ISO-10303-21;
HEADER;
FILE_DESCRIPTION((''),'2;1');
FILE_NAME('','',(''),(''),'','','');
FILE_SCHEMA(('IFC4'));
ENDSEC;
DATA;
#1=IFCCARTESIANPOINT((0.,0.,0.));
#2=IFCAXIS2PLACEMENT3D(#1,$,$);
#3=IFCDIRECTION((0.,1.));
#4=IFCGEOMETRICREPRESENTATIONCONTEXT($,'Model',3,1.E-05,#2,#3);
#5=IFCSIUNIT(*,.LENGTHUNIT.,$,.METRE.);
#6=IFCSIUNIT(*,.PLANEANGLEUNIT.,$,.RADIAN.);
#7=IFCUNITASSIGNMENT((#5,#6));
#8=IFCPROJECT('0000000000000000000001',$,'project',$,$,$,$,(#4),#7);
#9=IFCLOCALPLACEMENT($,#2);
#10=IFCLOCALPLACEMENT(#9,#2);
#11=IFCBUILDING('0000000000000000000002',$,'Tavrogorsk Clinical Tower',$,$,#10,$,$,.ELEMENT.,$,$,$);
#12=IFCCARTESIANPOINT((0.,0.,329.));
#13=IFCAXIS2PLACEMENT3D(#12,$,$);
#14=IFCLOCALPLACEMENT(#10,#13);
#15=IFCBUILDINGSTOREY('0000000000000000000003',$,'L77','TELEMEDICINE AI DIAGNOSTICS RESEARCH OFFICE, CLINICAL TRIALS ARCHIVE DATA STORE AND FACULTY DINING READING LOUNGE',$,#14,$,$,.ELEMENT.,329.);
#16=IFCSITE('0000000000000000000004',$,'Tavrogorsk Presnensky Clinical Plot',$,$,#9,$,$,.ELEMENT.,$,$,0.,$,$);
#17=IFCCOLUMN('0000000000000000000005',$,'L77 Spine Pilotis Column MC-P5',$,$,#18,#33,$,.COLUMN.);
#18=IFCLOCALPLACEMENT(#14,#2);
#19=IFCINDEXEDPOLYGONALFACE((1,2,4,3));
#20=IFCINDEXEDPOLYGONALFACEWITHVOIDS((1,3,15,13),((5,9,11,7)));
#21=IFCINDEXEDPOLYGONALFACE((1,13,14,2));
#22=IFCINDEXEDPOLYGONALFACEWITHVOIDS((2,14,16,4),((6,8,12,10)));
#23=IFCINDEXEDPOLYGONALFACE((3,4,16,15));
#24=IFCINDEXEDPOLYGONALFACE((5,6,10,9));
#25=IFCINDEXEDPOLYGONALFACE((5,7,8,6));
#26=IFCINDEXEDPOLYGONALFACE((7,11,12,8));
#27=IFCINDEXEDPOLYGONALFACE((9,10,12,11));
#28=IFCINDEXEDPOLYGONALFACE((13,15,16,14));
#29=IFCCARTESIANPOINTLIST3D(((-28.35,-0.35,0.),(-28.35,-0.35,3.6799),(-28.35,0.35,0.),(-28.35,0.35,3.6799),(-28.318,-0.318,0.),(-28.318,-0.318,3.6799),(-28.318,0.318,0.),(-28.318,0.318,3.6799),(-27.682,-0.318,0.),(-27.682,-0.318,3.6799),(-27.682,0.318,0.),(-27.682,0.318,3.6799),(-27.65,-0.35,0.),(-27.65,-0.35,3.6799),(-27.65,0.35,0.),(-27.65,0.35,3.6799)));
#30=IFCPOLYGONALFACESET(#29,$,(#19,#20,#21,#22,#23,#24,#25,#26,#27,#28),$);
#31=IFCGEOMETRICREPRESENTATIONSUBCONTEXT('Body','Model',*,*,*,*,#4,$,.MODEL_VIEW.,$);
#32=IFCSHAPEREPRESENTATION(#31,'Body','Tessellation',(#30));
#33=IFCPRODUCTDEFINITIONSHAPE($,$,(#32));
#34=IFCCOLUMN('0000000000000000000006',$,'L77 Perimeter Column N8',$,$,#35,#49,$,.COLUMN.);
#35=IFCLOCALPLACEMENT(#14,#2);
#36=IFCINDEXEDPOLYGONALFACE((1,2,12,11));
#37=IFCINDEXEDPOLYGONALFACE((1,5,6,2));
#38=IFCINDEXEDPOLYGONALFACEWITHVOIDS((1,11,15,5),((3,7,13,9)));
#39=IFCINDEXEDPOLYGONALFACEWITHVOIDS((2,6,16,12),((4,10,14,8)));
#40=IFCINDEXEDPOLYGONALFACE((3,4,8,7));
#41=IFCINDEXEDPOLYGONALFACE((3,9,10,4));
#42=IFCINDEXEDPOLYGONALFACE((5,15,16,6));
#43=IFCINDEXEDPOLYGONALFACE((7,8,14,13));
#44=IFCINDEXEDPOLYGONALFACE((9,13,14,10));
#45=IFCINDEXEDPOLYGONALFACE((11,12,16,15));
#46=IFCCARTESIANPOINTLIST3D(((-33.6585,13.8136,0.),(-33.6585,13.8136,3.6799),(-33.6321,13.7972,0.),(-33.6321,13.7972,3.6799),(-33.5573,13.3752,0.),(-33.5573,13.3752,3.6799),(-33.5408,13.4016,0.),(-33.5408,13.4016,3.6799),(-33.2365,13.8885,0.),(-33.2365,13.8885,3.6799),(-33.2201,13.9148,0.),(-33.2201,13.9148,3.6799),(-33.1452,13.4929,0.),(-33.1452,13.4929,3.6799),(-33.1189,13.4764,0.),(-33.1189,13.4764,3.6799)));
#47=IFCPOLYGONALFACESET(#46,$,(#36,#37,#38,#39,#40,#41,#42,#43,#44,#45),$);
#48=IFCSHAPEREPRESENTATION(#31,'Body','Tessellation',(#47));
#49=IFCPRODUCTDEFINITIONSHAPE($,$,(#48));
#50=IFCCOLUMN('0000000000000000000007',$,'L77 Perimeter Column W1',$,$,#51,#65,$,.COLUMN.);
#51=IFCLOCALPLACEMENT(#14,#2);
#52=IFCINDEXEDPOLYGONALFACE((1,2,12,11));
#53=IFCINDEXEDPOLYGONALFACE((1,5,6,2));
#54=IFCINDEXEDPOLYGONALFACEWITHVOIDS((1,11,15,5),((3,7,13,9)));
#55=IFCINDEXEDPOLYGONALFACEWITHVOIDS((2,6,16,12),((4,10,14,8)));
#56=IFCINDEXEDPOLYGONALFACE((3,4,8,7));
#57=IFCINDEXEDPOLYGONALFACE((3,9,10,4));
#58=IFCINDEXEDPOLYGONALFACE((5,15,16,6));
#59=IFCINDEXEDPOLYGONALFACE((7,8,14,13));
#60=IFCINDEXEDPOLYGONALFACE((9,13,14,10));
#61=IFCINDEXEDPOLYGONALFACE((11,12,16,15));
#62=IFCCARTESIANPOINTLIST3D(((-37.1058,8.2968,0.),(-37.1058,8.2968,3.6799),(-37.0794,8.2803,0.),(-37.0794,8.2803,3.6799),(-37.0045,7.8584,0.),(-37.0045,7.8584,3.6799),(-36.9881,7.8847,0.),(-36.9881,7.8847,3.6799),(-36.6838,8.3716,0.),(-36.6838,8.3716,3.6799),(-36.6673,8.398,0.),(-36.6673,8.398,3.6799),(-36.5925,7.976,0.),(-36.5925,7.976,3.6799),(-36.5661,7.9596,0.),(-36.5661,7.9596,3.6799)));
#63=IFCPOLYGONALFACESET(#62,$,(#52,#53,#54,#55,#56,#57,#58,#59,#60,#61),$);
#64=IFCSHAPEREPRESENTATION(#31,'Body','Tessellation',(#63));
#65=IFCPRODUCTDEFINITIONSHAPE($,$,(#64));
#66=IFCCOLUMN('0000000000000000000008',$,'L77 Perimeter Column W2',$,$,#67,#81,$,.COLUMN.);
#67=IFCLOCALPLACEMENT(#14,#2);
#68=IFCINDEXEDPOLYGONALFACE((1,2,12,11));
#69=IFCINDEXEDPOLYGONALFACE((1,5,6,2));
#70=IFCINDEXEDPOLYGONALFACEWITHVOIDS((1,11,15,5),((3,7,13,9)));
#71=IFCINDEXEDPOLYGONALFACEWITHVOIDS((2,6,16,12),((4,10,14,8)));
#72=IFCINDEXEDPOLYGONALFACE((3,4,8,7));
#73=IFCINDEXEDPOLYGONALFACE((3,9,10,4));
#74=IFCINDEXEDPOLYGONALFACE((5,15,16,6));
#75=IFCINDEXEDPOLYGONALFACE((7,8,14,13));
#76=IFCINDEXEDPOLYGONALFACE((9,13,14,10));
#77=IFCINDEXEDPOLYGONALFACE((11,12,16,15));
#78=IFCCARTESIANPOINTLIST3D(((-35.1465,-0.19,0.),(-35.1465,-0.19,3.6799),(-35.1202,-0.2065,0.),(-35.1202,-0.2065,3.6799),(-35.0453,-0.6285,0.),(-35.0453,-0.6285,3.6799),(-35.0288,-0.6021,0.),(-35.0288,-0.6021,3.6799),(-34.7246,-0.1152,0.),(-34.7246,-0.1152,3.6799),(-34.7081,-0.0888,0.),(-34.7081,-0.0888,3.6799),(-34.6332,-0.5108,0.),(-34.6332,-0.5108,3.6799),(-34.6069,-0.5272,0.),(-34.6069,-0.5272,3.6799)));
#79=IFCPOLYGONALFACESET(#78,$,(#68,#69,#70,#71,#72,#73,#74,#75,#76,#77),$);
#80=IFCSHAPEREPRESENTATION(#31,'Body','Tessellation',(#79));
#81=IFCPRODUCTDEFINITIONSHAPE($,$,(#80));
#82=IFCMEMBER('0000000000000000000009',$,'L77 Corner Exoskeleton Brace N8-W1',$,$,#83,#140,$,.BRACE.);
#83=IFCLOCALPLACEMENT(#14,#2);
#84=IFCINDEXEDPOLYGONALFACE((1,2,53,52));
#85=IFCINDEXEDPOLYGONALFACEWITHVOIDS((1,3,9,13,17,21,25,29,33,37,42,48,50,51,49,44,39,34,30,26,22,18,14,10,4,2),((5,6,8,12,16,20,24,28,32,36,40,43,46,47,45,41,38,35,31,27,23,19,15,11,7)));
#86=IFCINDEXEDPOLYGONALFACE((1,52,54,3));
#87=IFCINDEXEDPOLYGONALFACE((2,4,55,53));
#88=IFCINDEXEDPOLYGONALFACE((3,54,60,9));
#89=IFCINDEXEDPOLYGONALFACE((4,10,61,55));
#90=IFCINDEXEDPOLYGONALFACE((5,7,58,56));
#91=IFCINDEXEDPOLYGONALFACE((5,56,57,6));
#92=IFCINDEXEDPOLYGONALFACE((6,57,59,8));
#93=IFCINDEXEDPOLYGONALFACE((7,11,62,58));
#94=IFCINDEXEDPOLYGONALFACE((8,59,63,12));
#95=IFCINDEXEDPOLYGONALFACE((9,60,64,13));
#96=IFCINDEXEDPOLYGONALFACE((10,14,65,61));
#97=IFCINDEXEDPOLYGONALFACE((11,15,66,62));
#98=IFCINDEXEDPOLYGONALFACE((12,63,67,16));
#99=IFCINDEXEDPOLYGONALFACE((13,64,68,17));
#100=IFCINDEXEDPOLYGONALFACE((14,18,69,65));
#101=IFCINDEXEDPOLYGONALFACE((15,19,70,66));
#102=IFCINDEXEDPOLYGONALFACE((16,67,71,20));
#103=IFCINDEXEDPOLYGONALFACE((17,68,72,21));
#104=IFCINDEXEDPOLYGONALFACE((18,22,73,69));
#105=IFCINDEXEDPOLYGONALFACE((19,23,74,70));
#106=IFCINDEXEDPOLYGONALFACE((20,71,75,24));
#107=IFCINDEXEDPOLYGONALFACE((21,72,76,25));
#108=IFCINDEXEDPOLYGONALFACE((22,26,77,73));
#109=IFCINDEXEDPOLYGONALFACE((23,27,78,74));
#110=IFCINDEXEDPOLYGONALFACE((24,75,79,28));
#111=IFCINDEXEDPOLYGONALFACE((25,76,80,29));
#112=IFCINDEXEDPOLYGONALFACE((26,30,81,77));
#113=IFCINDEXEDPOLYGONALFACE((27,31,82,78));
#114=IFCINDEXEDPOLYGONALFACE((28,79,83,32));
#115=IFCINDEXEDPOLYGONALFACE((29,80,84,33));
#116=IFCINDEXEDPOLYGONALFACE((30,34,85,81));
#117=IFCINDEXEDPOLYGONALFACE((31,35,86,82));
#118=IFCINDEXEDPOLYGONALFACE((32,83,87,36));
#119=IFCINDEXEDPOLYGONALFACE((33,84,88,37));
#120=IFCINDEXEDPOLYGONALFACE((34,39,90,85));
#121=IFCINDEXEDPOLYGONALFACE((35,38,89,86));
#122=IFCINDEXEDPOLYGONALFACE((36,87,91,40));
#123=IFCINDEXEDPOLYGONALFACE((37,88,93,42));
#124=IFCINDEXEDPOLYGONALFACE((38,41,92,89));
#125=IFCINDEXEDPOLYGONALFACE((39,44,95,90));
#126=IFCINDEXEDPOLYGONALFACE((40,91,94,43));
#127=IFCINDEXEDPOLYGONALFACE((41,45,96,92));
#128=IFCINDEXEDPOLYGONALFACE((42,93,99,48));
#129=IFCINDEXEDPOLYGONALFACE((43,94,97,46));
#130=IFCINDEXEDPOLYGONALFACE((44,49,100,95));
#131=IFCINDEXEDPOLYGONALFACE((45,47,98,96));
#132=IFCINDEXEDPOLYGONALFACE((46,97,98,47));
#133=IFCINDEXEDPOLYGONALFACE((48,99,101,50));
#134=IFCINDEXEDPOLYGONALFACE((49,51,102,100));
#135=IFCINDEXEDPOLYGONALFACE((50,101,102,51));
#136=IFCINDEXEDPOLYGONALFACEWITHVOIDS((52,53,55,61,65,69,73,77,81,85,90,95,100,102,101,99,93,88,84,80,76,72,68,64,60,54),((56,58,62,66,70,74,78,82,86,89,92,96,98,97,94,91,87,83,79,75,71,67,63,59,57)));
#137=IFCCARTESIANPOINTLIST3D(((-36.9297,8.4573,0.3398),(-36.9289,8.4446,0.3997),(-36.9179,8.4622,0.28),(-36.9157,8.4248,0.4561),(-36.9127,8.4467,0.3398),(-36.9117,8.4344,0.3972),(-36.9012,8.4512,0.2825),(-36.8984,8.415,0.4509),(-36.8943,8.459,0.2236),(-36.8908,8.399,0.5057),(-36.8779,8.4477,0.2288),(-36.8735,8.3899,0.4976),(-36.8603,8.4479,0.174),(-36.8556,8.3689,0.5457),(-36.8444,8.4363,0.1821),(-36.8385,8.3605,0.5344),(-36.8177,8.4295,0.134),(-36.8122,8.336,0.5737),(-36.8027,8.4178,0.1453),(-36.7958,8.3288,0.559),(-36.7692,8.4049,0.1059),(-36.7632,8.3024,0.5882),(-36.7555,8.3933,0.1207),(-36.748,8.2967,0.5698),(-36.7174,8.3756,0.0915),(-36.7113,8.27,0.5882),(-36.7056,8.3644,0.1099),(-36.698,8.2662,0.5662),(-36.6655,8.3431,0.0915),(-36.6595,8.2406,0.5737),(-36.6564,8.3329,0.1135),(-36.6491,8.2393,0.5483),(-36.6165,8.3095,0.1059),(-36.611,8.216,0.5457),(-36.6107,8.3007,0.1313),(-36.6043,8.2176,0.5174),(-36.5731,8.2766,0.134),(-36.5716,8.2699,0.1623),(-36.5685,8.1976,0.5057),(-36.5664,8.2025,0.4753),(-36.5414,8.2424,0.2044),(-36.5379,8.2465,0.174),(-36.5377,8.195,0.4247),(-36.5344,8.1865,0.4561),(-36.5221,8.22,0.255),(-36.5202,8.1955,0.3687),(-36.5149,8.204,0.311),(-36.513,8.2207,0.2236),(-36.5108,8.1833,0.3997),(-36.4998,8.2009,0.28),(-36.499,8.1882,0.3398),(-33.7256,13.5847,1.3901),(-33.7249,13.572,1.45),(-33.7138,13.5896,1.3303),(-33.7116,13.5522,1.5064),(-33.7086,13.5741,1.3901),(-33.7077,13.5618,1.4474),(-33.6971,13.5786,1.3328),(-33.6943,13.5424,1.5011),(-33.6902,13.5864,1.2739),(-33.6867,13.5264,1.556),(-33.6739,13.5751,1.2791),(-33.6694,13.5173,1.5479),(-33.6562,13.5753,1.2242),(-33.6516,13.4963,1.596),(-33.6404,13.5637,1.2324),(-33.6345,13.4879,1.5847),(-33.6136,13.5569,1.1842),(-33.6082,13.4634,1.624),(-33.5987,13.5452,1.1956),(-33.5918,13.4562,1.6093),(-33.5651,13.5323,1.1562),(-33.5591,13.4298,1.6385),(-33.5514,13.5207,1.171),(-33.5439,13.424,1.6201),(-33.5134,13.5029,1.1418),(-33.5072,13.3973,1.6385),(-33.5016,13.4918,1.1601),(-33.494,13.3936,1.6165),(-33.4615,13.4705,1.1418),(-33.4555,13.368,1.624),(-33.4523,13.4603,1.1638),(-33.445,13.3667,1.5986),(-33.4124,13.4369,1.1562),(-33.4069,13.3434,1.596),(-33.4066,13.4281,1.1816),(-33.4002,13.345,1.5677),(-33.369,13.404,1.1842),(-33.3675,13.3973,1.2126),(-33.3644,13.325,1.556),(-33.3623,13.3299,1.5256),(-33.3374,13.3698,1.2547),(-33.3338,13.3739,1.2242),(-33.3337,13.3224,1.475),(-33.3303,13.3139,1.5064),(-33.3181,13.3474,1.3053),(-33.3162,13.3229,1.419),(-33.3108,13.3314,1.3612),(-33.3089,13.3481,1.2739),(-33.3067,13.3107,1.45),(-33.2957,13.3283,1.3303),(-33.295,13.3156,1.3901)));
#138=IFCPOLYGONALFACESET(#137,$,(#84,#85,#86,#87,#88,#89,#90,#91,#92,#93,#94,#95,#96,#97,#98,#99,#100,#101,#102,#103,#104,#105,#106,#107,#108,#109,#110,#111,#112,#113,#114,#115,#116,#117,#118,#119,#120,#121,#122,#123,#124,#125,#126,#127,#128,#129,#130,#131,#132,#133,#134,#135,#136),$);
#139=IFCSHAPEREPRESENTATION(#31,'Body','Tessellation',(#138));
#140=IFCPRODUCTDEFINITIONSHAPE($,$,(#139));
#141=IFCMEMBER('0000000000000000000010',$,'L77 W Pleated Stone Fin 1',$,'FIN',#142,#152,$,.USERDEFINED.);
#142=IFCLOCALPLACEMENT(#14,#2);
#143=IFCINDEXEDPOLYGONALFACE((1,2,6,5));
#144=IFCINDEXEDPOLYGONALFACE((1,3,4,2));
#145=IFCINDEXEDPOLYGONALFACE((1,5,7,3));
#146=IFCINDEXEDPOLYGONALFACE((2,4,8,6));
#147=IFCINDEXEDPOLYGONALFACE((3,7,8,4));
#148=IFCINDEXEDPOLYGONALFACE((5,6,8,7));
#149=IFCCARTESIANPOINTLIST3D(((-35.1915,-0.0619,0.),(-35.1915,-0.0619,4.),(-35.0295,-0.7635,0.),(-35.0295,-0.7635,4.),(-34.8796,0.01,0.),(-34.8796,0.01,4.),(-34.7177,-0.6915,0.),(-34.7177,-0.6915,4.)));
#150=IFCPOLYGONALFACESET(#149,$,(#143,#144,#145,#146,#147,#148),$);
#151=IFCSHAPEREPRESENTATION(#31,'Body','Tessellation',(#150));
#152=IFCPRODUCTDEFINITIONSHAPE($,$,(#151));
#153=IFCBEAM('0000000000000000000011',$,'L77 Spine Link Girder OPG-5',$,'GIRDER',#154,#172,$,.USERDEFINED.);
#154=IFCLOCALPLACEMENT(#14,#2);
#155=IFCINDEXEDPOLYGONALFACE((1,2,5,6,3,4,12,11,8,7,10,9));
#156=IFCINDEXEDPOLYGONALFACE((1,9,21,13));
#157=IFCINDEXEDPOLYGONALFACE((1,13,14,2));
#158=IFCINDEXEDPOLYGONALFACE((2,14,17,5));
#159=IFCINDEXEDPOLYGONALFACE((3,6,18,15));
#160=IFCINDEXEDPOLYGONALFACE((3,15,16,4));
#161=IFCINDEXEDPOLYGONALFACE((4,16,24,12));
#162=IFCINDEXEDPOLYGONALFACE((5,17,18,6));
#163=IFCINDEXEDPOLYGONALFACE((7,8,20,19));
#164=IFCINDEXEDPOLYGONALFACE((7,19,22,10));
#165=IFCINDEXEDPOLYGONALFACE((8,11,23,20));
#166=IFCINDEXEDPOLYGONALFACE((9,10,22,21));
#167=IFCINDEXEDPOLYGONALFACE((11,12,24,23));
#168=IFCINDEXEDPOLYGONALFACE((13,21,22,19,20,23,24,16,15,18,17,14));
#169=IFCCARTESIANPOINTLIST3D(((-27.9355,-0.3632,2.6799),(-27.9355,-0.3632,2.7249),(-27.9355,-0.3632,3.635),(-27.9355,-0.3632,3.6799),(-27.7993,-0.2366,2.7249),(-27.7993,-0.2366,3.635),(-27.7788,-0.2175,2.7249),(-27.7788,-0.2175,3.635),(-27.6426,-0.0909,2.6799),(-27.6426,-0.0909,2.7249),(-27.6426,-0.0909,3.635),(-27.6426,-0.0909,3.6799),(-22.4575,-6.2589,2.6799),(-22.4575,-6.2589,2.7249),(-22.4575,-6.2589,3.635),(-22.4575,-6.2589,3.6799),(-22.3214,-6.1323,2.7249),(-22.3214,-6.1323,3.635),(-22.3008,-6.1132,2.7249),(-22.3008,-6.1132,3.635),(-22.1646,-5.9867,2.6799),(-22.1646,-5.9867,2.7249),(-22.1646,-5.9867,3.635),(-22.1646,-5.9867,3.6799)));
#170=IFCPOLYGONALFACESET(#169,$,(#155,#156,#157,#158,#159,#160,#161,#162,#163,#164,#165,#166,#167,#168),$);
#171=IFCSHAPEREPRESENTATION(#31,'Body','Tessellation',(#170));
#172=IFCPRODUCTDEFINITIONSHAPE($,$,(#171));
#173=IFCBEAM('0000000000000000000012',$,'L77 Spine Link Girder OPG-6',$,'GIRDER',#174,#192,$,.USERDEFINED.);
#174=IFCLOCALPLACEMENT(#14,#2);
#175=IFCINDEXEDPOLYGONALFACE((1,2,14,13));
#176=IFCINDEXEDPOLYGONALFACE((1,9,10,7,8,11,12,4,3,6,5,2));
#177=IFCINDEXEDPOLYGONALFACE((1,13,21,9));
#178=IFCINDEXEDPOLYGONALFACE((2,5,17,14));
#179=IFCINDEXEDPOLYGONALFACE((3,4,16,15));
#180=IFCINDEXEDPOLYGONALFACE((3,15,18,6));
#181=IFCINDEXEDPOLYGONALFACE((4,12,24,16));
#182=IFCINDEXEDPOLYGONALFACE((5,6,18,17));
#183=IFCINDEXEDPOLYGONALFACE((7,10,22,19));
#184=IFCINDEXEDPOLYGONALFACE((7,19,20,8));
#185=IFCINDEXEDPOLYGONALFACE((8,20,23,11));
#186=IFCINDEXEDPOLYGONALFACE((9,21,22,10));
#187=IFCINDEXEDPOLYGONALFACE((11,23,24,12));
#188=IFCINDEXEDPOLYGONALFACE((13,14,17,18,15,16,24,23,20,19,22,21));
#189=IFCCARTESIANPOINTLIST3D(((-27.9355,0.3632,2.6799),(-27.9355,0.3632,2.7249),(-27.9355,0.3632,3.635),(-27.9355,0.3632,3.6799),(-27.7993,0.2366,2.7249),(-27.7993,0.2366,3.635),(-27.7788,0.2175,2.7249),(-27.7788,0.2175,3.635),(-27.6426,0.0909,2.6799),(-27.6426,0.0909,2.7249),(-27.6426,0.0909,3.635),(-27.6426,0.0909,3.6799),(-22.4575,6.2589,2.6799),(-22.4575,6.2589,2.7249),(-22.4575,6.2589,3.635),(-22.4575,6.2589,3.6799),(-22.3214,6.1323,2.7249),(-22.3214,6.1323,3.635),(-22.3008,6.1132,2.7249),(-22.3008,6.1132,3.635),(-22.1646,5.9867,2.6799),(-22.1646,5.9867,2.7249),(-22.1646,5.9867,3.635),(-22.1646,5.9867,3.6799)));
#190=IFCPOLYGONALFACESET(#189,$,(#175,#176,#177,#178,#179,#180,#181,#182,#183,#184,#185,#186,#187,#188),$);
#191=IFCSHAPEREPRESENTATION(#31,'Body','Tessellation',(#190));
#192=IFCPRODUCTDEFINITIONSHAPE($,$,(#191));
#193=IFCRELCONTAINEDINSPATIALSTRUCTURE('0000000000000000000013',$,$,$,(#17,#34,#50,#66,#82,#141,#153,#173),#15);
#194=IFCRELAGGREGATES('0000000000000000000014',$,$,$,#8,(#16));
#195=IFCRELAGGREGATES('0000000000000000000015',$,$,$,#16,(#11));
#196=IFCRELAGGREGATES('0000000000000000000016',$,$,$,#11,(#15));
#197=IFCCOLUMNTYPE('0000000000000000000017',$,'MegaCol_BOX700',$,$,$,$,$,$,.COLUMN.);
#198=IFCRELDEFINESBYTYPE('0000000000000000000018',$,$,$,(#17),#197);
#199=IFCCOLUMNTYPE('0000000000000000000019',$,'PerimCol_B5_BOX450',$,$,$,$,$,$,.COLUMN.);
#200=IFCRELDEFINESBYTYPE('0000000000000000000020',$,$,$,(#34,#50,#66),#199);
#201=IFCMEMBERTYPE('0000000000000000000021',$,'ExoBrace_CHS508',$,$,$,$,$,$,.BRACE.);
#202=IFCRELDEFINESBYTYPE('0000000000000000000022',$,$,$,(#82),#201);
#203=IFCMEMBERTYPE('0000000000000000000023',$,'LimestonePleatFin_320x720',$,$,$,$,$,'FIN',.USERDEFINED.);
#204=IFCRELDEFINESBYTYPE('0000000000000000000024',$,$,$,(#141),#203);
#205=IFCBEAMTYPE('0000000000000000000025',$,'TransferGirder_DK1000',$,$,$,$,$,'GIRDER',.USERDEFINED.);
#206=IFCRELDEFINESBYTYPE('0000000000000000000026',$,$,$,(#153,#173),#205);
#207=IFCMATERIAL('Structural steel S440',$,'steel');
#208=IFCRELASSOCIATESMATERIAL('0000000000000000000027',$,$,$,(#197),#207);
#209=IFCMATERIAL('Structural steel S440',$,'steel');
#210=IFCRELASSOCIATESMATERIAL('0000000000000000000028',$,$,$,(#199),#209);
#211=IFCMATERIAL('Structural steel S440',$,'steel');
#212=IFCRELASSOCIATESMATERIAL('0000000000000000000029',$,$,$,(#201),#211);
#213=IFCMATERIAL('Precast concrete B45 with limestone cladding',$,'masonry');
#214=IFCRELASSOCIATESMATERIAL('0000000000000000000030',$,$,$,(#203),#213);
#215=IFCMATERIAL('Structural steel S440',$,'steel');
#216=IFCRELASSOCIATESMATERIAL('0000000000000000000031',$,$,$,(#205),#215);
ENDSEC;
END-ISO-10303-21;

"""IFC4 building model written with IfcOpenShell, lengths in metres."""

from ifc_helpers import new_model, si_unit, direction, frame, origin, origin_2d, place, context, subcontext, project, spatial, rectangle, hollow_rectangle, hollow_circle, i_section, extrude, material, material_profile, profile_set, type_object, element, save


model = new_model("IFC4")

# Units and contexts
model_context = context("Model", 3, precision=1e-05, world=origin(), true_north=direction((0.0, 1.0)))
body_context = subcontext(model_context, "Body", "Model", "MODEL_VIEW")
ifc_project = project(units=[si_unit("LENGTHUNIT", "METRE"), si_unit("PLANEANGLEUNIT", "RADIAN")], contexts=[model_context])

# Site, building, storey
site_placement = place(None, origin())
site = spatial("IfcSite", under=ifc_project, at=site_placement, Name="Tavrogorsk Presnensky Clinical Plot", CompositionType="ELEMENT", RefElevation=0.0)
building_placement = place(site_placement, origin())
building = spatial("IfcBuilding", under=site, at=building_placement, Name="Tavrogorsk Clinical Tower", CompositionType="ELEMENT")
storey_placement = place(building_placement, frame((0.0, 0.0, 329.0)))
storey = spatial("IfcBuildingStorey", under=building, at=storey_placement, Name="L77", Description="TELEMEDICINE AI DIAGNOSTICS RESEARCH OFFICE, CLINICAL TRIALS ARCHIVE DATA STORE AND FACULTY DINING READING LOUNGE", CompositionType="ELEMENT", Elevation=329.0)

# Columns
ifc_material_1 = material(Name="Structural steel S440", Category="steel")
ifc_material_profile_1 = material_profile(ifc_material_1, hollow_rectangle(XDim=0.7, YDim=0.7, WallThickness=0.032, at=origin_2d()), Name="BOX-700x700x32")
ifc_profile_set_1 = profile_set([ifc_material_profile_1], Name="Structural steel S440")
column_type_1 = type_object("IfcColumnType", Name="MegaCol_BOX700", PredefinedType="COLUMN", material=ifc_profile_set_1)
column_placement = place(storey_placement, frame((-28.0, 0.0, 0.0), z_axis=(0.0, 0.0, 1.0), x_axis=(1.0, 0.0, 0.0)))
element("IfcColumn", 1, at=column_placement, inside=storey, type_object=column_type_1, Name="L77 Spine Pilotis Column MC-P5", PredefinedType="COLUMN", context=body_context, shape_type="SweptSolid", body=[
    extrude(hollow_rectangle(XDim=0.7, YDim=0.7, WallThickness=0.032, at=origin_2d()), origin(), (0.0, 0.0, 1.0), 3.6799),
])
ifc_material_2 = material(Name="Structural steel S440", Category="steel")
ifc_material_profile_2 = material_profile(ifc_material_2, hollow_rectangle(XDim=0.45, YDim=0.45, WallThickness=0.022, at=origin_2d()), Name="BOX-450x450x22")
ifc_profile_set_2 = profile_set([ifc_material_profile_2], Name="Structural steel S440")
column_type_2 = type_object("IfcColumnType", Name="PerimCol_B5_BOX450", PredefinedType="COLUMN", material=ifc_profile_set_2)
for number, where, z_axis, x_axis, name in (
    (2, (-33.3887, 13.645, 0.0), (0.0, 0.0, 1.0), (0.97437, 0.224951, 0.0), "L77 Perimeter Column N8"),
    (3, (-36.8359, 8.1282, 0.0), (0.0, 0.0, 1.0), (0.97437, 0.224951, 0.0), "L77 Perimeter Column W1"),
    (4, (-34.8767, -0.3586, 0.0), (0.0, 0.0, 1.0), (0.97437, 0.224951, 0.0), "L77 Perimeter Column W2"),
):
    element("IfcColumn", number, at=place(storey_placement, frame(where, z_axis=z_axis, x_axis=x_axis)), inside=storey, type_object=column_type_2, Name=name, PredefinedType="COLUMN", context=body_context, shape_type="SweptSolid", body=[
        extrude(hollow_rectangle(XDim=0.45, YDim=0.45, WallThickness=0.022, at=origin_2d()), origin(), (0.0, 0.0, 1.0), 3.6799),
    ])

# Members
ifc_material_3 = material(Name="Structural steel S440", Category="steel")
ifc_material_profile_3 = material_profile(ifc_material_3, hollow_circle(Radius=0.2539, WallThickness=0.02, at=origin_2d()), Name="CHS-508x20")
ifc_profile_set_3 = profile_set([ifc_material_profile_3], Name="Structural steel S440")
member_type_1 = type_object("IfcMemberType", Name="ExoBrace_CHS508", PredefinedType="BRACE", material=ifc_profile_set_3)
member_1_placement = place(storey_placement, frame((-36.7144, 8.3228, 0.3398), z_axis=(0.522115, 0.835527, 0.171147), x_axis=(-0.848039, 0.529934, 0.0)))
element("IfcMember", 5, at=member_1_placement, inside=storey, type_object=member_type_1, Name="L77 Corner Exoskeleton Brace N8-W1", PredefinedType="BRACE", context=body_context, shape_type="SweptSolid", body=[
    extrude(hollow_circle(Radius=0.2539, WallThickness=0.02, at=origin_2d()), origin(), (0.0, 0.0, 1.0), 6.1367),
])
ifc_material_4 = material(Name="Precast concrete B45 with limestone cladding", Category="masonry")
ifc_material_profile_4 = material_profile(ifc_material_4, rectangle(XDim=0.3201, YDim=0.72, at=origin_2d()), Name="LIMESTONE-FIN-320x720")
ifc_profile_set_4 = profile_set([ifc_material_profile_4], Name="Precast concrete B45 with limestone cladding")
member_type_2 = type_object("IfcMemberType", Name="LimestonePleatFin_320x720", ElementType="FIN", PredefinedType="USERDEFINED", material=ifc_profile_set_4)
member_2_placement = place(storey_placement, frame((-34.9546, -0.3767, 0.0), z_axis=(0.0, 0.0, 1.0), x_axis=(0.97437, 0.224951, 0.0)))
element("IfcMember", 6, at=member_2_placement, inside=storey, type_object=member_type_2, Name="L77 W Pleated Stone Fin 1", ObjectType="FIN", PredefinedType="USERDEFINED", context=body_context, shape_type="SweptSolid", body=[
    extrude(rectangle(XDim=0.3201, YDim=0.72, at=origin_2d()), origin(), (0.0, 0.0, 1.0), 4.0),
])

# Beams
ifc_material_5 = material(Name="Structural steel S440", Category="steel")
ifc_material_profile_5 = material_profile(ifc_material_5, i_section(OverallWidth=0.3999, OverallDepth=1.0, WebThickness=0.0281, FlangeThickness=0.0449, at=origin_2d()), Name="DK-1000x400x28x45")
ifc_profile_set_5 = profile_set([ifc_material_profile_5], Name="Structural steel S440")
beam_type_1 = type_object("IfcBeamType", Name="TransferGirder_DK1000", ElementType="GIRDER", PredefinedType="USERDEFINED", material=ifc_profile_set_5)
for number, where, z_axis, x_axis, name in (
    (7, (-27.7891, -0.2271, 3.1799), (0.680678, -0.732583, 0.0), (0.732583, 0.680678, 0.0), "L77 Spine Link Girder OPG-5"),
    (8, (-27.7891, 0.2271, 3.1799), (0.680678, 0.732583, 0.0), (-0.732583, 0.680678, 0.0), "L77 Spine Link Girder OPG-6"),
):
    element("IfcBeam", number, at=place(storey_placement, frame(where, z_axis=z_axis, x_axis=x_axis)), inside=storey, type_object=beam_type_1, Name=name, ObjectType="GIRDER", PredefinedType="USERDEFINED", context=body_context, shape_type="SweptSolid", body=[
        extrude(i_section(OverallWidth=0.3999, OverallDepth=1.0, WebThickness=0.0281, FlangeThickness=0.0449, at=origin_2d()), origin(), (0.0, 0.0, 1.0), 8.0479),
    ])

save(model, "model.ifc")
